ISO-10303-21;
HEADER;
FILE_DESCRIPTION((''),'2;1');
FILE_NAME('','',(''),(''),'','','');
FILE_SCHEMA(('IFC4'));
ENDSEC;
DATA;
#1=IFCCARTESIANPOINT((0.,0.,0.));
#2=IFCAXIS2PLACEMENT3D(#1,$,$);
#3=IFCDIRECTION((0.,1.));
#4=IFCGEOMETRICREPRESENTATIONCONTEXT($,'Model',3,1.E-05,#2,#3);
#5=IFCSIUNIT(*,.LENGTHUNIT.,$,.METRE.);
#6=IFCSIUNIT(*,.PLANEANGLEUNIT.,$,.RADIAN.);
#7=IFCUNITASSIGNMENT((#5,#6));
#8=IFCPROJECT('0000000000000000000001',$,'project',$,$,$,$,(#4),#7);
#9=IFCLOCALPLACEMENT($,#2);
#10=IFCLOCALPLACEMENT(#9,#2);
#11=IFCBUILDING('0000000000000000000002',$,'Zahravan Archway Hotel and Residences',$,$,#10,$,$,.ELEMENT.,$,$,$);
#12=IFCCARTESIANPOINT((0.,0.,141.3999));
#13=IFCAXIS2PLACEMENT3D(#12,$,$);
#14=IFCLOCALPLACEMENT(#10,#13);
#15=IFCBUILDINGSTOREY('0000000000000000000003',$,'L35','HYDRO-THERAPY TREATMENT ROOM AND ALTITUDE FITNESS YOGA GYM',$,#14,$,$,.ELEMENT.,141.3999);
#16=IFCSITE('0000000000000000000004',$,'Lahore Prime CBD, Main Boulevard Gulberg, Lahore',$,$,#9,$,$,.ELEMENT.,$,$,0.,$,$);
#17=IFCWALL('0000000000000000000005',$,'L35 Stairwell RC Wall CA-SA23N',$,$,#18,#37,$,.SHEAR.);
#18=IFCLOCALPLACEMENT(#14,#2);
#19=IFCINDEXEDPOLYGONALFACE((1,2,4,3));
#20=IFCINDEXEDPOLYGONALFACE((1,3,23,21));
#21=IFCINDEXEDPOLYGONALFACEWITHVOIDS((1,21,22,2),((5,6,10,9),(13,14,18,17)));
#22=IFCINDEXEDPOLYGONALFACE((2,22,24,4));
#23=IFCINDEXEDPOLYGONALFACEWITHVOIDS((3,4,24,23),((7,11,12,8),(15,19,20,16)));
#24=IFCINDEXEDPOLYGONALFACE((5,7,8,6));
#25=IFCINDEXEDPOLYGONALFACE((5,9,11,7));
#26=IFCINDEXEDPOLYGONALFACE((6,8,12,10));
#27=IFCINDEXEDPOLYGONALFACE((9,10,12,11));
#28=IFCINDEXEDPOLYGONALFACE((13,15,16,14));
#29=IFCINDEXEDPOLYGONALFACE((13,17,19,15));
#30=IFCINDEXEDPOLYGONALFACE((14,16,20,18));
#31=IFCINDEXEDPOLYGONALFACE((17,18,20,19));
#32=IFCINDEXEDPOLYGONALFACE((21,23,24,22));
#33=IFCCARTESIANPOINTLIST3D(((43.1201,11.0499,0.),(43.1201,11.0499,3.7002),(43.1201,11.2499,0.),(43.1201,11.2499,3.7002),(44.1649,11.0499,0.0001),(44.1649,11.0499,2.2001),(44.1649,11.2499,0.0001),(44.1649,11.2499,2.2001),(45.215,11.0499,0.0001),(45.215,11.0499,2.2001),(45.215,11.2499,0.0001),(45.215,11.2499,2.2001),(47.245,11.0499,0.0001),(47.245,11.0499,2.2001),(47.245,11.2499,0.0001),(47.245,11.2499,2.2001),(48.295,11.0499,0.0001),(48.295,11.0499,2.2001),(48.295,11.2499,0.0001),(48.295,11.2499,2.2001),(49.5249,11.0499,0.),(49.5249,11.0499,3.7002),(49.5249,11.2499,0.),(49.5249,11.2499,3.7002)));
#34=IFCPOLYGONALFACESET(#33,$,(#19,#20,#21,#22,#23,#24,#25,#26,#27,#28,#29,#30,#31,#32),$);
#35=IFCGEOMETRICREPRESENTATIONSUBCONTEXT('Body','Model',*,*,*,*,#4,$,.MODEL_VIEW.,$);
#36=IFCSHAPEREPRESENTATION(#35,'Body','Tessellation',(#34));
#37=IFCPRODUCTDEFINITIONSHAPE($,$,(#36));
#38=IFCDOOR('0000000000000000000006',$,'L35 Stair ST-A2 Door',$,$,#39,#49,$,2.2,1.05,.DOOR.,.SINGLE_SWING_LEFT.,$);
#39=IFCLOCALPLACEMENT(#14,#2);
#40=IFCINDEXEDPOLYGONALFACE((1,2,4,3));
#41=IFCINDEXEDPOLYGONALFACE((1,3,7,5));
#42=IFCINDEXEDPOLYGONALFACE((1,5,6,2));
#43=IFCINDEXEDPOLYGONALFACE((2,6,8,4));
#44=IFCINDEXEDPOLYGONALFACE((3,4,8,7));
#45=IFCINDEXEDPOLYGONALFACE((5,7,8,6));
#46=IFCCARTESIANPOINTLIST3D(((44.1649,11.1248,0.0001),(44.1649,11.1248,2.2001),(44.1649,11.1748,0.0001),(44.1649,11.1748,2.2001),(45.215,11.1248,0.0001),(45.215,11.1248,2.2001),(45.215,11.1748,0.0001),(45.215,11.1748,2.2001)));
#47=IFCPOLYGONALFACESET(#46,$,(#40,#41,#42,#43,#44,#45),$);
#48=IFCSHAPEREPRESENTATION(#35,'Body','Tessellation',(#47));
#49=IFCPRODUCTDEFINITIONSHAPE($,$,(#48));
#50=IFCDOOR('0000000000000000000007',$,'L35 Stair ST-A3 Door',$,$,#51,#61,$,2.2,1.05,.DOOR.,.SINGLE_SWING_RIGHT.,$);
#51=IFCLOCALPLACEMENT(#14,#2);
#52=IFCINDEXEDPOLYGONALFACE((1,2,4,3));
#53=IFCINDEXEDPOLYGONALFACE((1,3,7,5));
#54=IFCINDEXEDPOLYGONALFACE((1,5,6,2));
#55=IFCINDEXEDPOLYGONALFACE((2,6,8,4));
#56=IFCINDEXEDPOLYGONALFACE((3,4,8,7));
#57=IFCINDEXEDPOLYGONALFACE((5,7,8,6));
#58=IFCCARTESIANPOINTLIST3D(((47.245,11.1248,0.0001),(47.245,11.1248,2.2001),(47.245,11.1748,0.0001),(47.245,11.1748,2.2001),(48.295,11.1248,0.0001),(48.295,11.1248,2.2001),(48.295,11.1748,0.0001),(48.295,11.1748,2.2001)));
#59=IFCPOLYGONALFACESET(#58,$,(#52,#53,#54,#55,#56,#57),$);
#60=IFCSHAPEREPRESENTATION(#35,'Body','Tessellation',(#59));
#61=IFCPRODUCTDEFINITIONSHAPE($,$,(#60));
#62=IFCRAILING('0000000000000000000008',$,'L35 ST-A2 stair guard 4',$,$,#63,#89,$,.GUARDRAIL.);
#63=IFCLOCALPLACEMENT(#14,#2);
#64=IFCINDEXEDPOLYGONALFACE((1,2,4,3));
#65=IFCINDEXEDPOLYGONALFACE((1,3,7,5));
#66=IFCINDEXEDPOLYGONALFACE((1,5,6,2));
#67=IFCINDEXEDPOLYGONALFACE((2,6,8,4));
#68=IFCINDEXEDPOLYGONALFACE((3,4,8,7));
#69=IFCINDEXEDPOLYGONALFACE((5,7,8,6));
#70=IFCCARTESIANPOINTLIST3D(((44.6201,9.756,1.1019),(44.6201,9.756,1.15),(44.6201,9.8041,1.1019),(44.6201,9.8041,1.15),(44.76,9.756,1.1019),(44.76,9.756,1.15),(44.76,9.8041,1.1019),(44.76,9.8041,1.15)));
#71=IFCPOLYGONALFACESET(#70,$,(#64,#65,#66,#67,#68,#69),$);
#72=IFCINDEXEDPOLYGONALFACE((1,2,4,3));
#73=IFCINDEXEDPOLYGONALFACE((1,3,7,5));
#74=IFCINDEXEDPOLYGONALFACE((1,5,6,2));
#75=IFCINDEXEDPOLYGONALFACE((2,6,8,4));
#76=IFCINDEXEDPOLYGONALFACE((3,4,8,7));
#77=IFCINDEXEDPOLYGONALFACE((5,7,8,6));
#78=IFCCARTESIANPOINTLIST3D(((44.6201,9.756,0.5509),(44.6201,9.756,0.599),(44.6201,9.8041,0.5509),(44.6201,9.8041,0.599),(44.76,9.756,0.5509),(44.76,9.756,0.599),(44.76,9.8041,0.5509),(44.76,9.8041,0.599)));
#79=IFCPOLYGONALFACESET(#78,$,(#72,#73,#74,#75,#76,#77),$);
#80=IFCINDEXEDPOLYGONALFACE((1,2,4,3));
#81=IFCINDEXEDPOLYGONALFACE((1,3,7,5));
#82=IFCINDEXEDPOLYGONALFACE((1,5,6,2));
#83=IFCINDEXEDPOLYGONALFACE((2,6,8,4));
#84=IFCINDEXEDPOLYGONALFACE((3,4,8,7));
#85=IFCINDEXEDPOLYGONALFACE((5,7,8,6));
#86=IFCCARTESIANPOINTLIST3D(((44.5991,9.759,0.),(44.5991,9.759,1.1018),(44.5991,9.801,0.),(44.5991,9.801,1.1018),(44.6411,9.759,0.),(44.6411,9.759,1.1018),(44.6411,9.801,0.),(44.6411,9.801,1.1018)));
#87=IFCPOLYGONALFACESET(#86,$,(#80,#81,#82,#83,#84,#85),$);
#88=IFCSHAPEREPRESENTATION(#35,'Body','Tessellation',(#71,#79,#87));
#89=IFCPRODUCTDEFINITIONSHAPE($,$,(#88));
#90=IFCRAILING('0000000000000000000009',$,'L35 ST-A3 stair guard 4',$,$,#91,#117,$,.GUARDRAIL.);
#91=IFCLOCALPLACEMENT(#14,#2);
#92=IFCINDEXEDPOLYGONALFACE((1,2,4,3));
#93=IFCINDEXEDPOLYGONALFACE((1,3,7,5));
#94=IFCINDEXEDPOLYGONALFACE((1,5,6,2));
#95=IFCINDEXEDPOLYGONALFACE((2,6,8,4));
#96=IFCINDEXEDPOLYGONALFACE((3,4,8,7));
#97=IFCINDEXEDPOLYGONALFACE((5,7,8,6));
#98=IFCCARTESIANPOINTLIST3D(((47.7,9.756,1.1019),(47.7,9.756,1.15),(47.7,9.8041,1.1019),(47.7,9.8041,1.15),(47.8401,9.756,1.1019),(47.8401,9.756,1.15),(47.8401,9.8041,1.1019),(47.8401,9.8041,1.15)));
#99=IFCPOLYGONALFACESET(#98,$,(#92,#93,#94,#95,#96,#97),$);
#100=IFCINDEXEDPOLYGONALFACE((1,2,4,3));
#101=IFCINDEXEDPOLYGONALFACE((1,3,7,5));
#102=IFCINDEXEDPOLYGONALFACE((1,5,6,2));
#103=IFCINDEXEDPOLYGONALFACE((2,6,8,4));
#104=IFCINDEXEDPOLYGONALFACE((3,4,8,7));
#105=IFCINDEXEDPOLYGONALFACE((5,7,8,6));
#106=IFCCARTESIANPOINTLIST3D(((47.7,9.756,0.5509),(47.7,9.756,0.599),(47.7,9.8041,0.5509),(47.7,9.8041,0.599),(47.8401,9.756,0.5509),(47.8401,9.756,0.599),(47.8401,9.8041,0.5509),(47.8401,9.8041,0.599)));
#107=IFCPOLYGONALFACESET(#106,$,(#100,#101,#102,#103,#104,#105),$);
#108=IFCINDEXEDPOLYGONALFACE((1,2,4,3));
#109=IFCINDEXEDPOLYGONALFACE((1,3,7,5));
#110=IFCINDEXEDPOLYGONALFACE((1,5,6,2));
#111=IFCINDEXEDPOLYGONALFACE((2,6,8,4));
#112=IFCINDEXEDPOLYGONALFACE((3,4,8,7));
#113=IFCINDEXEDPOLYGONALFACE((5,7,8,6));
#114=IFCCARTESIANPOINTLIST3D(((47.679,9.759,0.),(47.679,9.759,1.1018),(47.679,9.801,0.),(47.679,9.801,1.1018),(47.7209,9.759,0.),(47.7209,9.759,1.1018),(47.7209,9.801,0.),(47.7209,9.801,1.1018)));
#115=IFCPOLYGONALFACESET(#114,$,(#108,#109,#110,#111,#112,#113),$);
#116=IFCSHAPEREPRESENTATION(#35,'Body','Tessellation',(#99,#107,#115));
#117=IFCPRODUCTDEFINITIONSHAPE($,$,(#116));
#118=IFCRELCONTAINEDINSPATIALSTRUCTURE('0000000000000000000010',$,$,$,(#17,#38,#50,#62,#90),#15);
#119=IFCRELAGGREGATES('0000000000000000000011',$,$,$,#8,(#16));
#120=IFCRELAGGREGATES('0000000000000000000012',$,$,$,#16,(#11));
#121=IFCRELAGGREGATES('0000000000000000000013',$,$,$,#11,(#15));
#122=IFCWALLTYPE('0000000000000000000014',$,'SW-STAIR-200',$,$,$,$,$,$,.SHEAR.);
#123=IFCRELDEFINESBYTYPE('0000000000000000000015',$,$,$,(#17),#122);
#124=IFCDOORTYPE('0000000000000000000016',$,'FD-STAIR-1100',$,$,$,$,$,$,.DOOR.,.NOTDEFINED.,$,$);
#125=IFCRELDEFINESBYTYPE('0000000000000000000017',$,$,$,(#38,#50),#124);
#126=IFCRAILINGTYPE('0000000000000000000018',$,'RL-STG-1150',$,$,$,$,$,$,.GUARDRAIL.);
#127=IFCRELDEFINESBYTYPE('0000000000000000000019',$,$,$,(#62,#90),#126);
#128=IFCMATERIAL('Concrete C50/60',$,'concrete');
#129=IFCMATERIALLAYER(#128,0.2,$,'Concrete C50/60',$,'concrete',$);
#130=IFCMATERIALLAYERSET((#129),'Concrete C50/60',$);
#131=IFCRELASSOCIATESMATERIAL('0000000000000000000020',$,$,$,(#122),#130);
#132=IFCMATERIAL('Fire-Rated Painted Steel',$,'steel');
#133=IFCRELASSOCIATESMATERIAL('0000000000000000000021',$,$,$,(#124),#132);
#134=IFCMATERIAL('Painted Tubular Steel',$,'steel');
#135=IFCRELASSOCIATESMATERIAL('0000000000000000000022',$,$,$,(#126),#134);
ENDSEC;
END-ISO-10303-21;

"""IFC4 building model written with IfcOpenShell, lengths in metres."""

from ifc_helpers import new_model, si_unit, direction, frame, frame_2d, origin, origin_2d, place, context, subcontext, project, spatial, rectangle, extrude, source, transform, mapped, material, layer, layer_set, type_object, type_shapes, element, fill, save


model = new_model("IFC4")

# Units and contexts
model_context = context("Model", 3, precision=1e-05, world=origin(), true_north=direction((0.0, 1.0)))
body_context = subcontext(model_context, "Body", "Model", "MODEL_VIEW")
ifc_project = project(units=[si_unit("LENGTHUNIT", "METRE"), si_unit("PLANEANGLEUNIT", "RADIAN")], contexts=[model_context])

# Site, building, storey
site_placement = place(None, origin())
site = spatial("IfcSite", under=ifc_project, at=site_placement, Name="Lahore Prime CBD, Main Boulevard Gulberg, Lahore", CompositionType="ELEMENT", RefElevation=0.0)
building_placement = place(site_placement, origin())
building = spatial("IfcBuilding", under=site, at=building_placement, Name="Zahravan Archway Hotel and Residences", CompositionType="ELEMENT")
storey_placement = place(building_placement, frame((0.0, 0.0, 141.3999)))
storey = spatial("IfcBuildingStorey", under=building, at=storey_placement, Name="L35", Description="HYDRO-THERAPY TREATMENT ROOM AND ALTITUDE FITNESS YOGA GYM", CompositionType="ELEMENT", Elevation=141.3999)

# Shared definitions
ifc_material_1 = material(Name="Fire-Rated Painted Steel", Category="steel")

# Wall, openings, doors
ifc_material_2 = material(Name="Concrete C50/60", Category="concrete")
ifc_layer_1 = layer(ifc_material_2, 0.2, Name="Concrete C50/60", Category="concrete")
ifc_layer_set_1 = layer_set([ifc_layer_1], Name="Concrete C50/60")
wall_type_1 = type_object("IfcWallType", Name="SW-STAIR-200", PredefinedType="SHEAR", material=ifc_layer_set_1)
wall_1_placement = place(storey_placement, frame((43.1201, 11.1499, 0.0), z_axis=(0.0, 0.0, 1.0), x_axis=(1.0, 0.0, 0.0)))
wall_1 = element("IfcWall", 1, at=wall_1_placement, inside=storey, type_object=wall_type_1, Name="L35 Stairwell RC Wall CA-SA23N", PredefinedType="SHEAR", context=body_context, shape_type="SweptSolid", body=[
    extrude(rectangle(XDim=6.4048, YDim=0.2, at=frame_2d((3.2024, 0.0))), origin(), (0.0, 0.0, 1.0), 3.7002),
])
opening_1_placement = place(wall_1_placement, frame((1.0449, 0.0, 0.0)))
opening_1 = element("IfcOpeningElement", 2, at=opening_1_placement, cuts=wall_1, PredefinedType="OPENING", context=body_context, shape_type="SweptSolid", body=[
    extrude(rectangle(XDim=1.05, YDim=2.2, at=frame_2d((0.5249, 1.1001))), frame((0.0, 0.1099, 0.0), z_axis=(0.0, -1.0, 0.0), x_axis=(1.0, 0.0, 0.0)), (0.0, 0.0, 1.0), 0.22),
])
opening_2_placement = place(wall_1_placement, frame((4.125, 0.0, 0.0)))
opening_2 = element("IfcOpeningElement", 3, at=opening_2_placement, cuts=wall_1, PredefinedType="OPENING", context=body_context, shape_type="SweptSolid", body=[
    extrude(rectangle(XDim=1.05, YDim=2.2, at=frame_2d((0.5249, 1.1001))), frame((0.0, 0.1099, 0.0), z_axis=(0.0, -1.0, 0.0), x_axis=(1.0, 0.0, 0.0)), (0.0, 0.0, 1.0), 0.22),
])
door_type_1 = type_object("IfcDoorType", Name="FD-STAIR-1100", OperationType="NOTDEFINED", PredefinedType="DOOR", material=ifc_material_1)
shared_shape_1 = source(origin(), body_context, "Body", "SweptSolid", [
    extrude(rectangle(XDim=1.05, YDim=2.2, at=frame_2d((0.5249, 1.1001))), frame((0.0, 0.0249, 0.0), z_axis=(0.0, -1.0, 0.0), x_axis=(1.0, 0.0, 0.0)), (0.0, 0.0, 1.0), 0.05),
])
type_shapes(door_type_1, [shared_shape_1])
door_1_placement = place(opening_1_placement, origin())
door_1 = element("IfcDoor", 4, at=door_1_placement, inside=storey, type_object=door_type_1, Name="L35 Stair ST-A2 Door", OperationType="SINGLE_SWING_LEFT", OverallHeight=2.2, OverallWidth=1.05, PredefinedType="DOOR", context=body_context, shape_type="MappedRepresentation", body=[
    mapped(shared_shape_1, transform((0.0, 0.0, 0.0), scale=1.0)),
])
fill(opening_1, door_1)
door_2_placement = place(opening_2_placement, origin())
door_2 = element("IfcDoor", 5, at=door_2_placement, inside=storey, type_object=door_type_1, Name="L35 Stair ST-A3 Door", OperationType="SINGLE_SWING_RIGHT", OverallHeight=2.2, OverallWidth=1.05, PredefinedType="DOOR", context=body_context, shape_type="MappedRepresentation", body=[
    mapped(shared_shape_1, transform((0.0, 0.0, 0.0), scale=1.0)),
])
fill(opening_2, door_2)

# Railings
ifc_material_3 = material(Name="Painted Tubular Steel", Category="steel")
railing_type_1 = type_object("IfcRailingType", Name="RL-STG-1150", PredefinedType="GUARDRAIL", material=ifc_material_3)
railing_1_placement = place(storey_placement, frame((44.6201, 9.78, 0.0)))
element("IfcRailing", 6, at=railing_1_placement, inside=storey, type_object=railing_type_1, Name="L35 ST-A2 stair guard 4", PredefinedType="GUARDRAIL", context=body_context, shape_type="SweptSolid", body=[
    extrude(rectangle(XDim=0.0481, YDim=0.0481, at=origin_2d()), frame((0.0, 0.0, 1.126), z_axis=(1.0, 0.0, 0.0), x_axis=(0.0, 1.0, 0.0)), (0.0, 0.0, 1.0), 0.1399),
    extrude(rectangle(XDim=0.0481, YDim=0.0481, at=origin_2d()), frame((0.0, 0.0, 0.575), z_axis=(1.0, 0.0, 0.0), x_axis=(0.0, 1.0, 0.0)), (0.0, 0.0, 1.0), 0.1399),
    extrude(rectangle(XDim=0.042, YDim=0.042, at=origin_2d()), origin(), (0.0, 0.0, 1.0), 1.1018),
])
railing_2_placement = place(storey_placement, frame((47.7, 9.78, 0.0)))
element("IfcRailing", 7, at=railing_2_placement, inside=storey, type_object=railing_type_1, Name="L35 ST-A3 stair guard 4", PredefinedType="GUARDRAIL", context=body_context, shape_type="SweptSolid", body=[
    extrude(rectangle(XDim=0.0481, YDim=0.0481, at=origin_2d()), frame((0.0, 0.0, 1.126), z_axis=(1.0, 0.0, 0.0), x_axis=(0.0, 1.0, 0.0)), (0.0, 0.0, 1.0), 0.1401),
    extrude(rectangle(XDim=0.0481, YDim=0.0481, at=origin_2d()), frame((0.0, 0.0, 0.575), z_axis=(1.0, 0.0, 0.0), x_axis=(0.0, 1.0, 0.0)), (0.0, 0.0, 1.0), 0.1401),
    extrude(rectangle(XDim=0.042, YDim=0.042, at=origin_2d()), origin(), (0.0, 0.0, 1.0), 1.1018),
])

save(model, "model.ifc")
